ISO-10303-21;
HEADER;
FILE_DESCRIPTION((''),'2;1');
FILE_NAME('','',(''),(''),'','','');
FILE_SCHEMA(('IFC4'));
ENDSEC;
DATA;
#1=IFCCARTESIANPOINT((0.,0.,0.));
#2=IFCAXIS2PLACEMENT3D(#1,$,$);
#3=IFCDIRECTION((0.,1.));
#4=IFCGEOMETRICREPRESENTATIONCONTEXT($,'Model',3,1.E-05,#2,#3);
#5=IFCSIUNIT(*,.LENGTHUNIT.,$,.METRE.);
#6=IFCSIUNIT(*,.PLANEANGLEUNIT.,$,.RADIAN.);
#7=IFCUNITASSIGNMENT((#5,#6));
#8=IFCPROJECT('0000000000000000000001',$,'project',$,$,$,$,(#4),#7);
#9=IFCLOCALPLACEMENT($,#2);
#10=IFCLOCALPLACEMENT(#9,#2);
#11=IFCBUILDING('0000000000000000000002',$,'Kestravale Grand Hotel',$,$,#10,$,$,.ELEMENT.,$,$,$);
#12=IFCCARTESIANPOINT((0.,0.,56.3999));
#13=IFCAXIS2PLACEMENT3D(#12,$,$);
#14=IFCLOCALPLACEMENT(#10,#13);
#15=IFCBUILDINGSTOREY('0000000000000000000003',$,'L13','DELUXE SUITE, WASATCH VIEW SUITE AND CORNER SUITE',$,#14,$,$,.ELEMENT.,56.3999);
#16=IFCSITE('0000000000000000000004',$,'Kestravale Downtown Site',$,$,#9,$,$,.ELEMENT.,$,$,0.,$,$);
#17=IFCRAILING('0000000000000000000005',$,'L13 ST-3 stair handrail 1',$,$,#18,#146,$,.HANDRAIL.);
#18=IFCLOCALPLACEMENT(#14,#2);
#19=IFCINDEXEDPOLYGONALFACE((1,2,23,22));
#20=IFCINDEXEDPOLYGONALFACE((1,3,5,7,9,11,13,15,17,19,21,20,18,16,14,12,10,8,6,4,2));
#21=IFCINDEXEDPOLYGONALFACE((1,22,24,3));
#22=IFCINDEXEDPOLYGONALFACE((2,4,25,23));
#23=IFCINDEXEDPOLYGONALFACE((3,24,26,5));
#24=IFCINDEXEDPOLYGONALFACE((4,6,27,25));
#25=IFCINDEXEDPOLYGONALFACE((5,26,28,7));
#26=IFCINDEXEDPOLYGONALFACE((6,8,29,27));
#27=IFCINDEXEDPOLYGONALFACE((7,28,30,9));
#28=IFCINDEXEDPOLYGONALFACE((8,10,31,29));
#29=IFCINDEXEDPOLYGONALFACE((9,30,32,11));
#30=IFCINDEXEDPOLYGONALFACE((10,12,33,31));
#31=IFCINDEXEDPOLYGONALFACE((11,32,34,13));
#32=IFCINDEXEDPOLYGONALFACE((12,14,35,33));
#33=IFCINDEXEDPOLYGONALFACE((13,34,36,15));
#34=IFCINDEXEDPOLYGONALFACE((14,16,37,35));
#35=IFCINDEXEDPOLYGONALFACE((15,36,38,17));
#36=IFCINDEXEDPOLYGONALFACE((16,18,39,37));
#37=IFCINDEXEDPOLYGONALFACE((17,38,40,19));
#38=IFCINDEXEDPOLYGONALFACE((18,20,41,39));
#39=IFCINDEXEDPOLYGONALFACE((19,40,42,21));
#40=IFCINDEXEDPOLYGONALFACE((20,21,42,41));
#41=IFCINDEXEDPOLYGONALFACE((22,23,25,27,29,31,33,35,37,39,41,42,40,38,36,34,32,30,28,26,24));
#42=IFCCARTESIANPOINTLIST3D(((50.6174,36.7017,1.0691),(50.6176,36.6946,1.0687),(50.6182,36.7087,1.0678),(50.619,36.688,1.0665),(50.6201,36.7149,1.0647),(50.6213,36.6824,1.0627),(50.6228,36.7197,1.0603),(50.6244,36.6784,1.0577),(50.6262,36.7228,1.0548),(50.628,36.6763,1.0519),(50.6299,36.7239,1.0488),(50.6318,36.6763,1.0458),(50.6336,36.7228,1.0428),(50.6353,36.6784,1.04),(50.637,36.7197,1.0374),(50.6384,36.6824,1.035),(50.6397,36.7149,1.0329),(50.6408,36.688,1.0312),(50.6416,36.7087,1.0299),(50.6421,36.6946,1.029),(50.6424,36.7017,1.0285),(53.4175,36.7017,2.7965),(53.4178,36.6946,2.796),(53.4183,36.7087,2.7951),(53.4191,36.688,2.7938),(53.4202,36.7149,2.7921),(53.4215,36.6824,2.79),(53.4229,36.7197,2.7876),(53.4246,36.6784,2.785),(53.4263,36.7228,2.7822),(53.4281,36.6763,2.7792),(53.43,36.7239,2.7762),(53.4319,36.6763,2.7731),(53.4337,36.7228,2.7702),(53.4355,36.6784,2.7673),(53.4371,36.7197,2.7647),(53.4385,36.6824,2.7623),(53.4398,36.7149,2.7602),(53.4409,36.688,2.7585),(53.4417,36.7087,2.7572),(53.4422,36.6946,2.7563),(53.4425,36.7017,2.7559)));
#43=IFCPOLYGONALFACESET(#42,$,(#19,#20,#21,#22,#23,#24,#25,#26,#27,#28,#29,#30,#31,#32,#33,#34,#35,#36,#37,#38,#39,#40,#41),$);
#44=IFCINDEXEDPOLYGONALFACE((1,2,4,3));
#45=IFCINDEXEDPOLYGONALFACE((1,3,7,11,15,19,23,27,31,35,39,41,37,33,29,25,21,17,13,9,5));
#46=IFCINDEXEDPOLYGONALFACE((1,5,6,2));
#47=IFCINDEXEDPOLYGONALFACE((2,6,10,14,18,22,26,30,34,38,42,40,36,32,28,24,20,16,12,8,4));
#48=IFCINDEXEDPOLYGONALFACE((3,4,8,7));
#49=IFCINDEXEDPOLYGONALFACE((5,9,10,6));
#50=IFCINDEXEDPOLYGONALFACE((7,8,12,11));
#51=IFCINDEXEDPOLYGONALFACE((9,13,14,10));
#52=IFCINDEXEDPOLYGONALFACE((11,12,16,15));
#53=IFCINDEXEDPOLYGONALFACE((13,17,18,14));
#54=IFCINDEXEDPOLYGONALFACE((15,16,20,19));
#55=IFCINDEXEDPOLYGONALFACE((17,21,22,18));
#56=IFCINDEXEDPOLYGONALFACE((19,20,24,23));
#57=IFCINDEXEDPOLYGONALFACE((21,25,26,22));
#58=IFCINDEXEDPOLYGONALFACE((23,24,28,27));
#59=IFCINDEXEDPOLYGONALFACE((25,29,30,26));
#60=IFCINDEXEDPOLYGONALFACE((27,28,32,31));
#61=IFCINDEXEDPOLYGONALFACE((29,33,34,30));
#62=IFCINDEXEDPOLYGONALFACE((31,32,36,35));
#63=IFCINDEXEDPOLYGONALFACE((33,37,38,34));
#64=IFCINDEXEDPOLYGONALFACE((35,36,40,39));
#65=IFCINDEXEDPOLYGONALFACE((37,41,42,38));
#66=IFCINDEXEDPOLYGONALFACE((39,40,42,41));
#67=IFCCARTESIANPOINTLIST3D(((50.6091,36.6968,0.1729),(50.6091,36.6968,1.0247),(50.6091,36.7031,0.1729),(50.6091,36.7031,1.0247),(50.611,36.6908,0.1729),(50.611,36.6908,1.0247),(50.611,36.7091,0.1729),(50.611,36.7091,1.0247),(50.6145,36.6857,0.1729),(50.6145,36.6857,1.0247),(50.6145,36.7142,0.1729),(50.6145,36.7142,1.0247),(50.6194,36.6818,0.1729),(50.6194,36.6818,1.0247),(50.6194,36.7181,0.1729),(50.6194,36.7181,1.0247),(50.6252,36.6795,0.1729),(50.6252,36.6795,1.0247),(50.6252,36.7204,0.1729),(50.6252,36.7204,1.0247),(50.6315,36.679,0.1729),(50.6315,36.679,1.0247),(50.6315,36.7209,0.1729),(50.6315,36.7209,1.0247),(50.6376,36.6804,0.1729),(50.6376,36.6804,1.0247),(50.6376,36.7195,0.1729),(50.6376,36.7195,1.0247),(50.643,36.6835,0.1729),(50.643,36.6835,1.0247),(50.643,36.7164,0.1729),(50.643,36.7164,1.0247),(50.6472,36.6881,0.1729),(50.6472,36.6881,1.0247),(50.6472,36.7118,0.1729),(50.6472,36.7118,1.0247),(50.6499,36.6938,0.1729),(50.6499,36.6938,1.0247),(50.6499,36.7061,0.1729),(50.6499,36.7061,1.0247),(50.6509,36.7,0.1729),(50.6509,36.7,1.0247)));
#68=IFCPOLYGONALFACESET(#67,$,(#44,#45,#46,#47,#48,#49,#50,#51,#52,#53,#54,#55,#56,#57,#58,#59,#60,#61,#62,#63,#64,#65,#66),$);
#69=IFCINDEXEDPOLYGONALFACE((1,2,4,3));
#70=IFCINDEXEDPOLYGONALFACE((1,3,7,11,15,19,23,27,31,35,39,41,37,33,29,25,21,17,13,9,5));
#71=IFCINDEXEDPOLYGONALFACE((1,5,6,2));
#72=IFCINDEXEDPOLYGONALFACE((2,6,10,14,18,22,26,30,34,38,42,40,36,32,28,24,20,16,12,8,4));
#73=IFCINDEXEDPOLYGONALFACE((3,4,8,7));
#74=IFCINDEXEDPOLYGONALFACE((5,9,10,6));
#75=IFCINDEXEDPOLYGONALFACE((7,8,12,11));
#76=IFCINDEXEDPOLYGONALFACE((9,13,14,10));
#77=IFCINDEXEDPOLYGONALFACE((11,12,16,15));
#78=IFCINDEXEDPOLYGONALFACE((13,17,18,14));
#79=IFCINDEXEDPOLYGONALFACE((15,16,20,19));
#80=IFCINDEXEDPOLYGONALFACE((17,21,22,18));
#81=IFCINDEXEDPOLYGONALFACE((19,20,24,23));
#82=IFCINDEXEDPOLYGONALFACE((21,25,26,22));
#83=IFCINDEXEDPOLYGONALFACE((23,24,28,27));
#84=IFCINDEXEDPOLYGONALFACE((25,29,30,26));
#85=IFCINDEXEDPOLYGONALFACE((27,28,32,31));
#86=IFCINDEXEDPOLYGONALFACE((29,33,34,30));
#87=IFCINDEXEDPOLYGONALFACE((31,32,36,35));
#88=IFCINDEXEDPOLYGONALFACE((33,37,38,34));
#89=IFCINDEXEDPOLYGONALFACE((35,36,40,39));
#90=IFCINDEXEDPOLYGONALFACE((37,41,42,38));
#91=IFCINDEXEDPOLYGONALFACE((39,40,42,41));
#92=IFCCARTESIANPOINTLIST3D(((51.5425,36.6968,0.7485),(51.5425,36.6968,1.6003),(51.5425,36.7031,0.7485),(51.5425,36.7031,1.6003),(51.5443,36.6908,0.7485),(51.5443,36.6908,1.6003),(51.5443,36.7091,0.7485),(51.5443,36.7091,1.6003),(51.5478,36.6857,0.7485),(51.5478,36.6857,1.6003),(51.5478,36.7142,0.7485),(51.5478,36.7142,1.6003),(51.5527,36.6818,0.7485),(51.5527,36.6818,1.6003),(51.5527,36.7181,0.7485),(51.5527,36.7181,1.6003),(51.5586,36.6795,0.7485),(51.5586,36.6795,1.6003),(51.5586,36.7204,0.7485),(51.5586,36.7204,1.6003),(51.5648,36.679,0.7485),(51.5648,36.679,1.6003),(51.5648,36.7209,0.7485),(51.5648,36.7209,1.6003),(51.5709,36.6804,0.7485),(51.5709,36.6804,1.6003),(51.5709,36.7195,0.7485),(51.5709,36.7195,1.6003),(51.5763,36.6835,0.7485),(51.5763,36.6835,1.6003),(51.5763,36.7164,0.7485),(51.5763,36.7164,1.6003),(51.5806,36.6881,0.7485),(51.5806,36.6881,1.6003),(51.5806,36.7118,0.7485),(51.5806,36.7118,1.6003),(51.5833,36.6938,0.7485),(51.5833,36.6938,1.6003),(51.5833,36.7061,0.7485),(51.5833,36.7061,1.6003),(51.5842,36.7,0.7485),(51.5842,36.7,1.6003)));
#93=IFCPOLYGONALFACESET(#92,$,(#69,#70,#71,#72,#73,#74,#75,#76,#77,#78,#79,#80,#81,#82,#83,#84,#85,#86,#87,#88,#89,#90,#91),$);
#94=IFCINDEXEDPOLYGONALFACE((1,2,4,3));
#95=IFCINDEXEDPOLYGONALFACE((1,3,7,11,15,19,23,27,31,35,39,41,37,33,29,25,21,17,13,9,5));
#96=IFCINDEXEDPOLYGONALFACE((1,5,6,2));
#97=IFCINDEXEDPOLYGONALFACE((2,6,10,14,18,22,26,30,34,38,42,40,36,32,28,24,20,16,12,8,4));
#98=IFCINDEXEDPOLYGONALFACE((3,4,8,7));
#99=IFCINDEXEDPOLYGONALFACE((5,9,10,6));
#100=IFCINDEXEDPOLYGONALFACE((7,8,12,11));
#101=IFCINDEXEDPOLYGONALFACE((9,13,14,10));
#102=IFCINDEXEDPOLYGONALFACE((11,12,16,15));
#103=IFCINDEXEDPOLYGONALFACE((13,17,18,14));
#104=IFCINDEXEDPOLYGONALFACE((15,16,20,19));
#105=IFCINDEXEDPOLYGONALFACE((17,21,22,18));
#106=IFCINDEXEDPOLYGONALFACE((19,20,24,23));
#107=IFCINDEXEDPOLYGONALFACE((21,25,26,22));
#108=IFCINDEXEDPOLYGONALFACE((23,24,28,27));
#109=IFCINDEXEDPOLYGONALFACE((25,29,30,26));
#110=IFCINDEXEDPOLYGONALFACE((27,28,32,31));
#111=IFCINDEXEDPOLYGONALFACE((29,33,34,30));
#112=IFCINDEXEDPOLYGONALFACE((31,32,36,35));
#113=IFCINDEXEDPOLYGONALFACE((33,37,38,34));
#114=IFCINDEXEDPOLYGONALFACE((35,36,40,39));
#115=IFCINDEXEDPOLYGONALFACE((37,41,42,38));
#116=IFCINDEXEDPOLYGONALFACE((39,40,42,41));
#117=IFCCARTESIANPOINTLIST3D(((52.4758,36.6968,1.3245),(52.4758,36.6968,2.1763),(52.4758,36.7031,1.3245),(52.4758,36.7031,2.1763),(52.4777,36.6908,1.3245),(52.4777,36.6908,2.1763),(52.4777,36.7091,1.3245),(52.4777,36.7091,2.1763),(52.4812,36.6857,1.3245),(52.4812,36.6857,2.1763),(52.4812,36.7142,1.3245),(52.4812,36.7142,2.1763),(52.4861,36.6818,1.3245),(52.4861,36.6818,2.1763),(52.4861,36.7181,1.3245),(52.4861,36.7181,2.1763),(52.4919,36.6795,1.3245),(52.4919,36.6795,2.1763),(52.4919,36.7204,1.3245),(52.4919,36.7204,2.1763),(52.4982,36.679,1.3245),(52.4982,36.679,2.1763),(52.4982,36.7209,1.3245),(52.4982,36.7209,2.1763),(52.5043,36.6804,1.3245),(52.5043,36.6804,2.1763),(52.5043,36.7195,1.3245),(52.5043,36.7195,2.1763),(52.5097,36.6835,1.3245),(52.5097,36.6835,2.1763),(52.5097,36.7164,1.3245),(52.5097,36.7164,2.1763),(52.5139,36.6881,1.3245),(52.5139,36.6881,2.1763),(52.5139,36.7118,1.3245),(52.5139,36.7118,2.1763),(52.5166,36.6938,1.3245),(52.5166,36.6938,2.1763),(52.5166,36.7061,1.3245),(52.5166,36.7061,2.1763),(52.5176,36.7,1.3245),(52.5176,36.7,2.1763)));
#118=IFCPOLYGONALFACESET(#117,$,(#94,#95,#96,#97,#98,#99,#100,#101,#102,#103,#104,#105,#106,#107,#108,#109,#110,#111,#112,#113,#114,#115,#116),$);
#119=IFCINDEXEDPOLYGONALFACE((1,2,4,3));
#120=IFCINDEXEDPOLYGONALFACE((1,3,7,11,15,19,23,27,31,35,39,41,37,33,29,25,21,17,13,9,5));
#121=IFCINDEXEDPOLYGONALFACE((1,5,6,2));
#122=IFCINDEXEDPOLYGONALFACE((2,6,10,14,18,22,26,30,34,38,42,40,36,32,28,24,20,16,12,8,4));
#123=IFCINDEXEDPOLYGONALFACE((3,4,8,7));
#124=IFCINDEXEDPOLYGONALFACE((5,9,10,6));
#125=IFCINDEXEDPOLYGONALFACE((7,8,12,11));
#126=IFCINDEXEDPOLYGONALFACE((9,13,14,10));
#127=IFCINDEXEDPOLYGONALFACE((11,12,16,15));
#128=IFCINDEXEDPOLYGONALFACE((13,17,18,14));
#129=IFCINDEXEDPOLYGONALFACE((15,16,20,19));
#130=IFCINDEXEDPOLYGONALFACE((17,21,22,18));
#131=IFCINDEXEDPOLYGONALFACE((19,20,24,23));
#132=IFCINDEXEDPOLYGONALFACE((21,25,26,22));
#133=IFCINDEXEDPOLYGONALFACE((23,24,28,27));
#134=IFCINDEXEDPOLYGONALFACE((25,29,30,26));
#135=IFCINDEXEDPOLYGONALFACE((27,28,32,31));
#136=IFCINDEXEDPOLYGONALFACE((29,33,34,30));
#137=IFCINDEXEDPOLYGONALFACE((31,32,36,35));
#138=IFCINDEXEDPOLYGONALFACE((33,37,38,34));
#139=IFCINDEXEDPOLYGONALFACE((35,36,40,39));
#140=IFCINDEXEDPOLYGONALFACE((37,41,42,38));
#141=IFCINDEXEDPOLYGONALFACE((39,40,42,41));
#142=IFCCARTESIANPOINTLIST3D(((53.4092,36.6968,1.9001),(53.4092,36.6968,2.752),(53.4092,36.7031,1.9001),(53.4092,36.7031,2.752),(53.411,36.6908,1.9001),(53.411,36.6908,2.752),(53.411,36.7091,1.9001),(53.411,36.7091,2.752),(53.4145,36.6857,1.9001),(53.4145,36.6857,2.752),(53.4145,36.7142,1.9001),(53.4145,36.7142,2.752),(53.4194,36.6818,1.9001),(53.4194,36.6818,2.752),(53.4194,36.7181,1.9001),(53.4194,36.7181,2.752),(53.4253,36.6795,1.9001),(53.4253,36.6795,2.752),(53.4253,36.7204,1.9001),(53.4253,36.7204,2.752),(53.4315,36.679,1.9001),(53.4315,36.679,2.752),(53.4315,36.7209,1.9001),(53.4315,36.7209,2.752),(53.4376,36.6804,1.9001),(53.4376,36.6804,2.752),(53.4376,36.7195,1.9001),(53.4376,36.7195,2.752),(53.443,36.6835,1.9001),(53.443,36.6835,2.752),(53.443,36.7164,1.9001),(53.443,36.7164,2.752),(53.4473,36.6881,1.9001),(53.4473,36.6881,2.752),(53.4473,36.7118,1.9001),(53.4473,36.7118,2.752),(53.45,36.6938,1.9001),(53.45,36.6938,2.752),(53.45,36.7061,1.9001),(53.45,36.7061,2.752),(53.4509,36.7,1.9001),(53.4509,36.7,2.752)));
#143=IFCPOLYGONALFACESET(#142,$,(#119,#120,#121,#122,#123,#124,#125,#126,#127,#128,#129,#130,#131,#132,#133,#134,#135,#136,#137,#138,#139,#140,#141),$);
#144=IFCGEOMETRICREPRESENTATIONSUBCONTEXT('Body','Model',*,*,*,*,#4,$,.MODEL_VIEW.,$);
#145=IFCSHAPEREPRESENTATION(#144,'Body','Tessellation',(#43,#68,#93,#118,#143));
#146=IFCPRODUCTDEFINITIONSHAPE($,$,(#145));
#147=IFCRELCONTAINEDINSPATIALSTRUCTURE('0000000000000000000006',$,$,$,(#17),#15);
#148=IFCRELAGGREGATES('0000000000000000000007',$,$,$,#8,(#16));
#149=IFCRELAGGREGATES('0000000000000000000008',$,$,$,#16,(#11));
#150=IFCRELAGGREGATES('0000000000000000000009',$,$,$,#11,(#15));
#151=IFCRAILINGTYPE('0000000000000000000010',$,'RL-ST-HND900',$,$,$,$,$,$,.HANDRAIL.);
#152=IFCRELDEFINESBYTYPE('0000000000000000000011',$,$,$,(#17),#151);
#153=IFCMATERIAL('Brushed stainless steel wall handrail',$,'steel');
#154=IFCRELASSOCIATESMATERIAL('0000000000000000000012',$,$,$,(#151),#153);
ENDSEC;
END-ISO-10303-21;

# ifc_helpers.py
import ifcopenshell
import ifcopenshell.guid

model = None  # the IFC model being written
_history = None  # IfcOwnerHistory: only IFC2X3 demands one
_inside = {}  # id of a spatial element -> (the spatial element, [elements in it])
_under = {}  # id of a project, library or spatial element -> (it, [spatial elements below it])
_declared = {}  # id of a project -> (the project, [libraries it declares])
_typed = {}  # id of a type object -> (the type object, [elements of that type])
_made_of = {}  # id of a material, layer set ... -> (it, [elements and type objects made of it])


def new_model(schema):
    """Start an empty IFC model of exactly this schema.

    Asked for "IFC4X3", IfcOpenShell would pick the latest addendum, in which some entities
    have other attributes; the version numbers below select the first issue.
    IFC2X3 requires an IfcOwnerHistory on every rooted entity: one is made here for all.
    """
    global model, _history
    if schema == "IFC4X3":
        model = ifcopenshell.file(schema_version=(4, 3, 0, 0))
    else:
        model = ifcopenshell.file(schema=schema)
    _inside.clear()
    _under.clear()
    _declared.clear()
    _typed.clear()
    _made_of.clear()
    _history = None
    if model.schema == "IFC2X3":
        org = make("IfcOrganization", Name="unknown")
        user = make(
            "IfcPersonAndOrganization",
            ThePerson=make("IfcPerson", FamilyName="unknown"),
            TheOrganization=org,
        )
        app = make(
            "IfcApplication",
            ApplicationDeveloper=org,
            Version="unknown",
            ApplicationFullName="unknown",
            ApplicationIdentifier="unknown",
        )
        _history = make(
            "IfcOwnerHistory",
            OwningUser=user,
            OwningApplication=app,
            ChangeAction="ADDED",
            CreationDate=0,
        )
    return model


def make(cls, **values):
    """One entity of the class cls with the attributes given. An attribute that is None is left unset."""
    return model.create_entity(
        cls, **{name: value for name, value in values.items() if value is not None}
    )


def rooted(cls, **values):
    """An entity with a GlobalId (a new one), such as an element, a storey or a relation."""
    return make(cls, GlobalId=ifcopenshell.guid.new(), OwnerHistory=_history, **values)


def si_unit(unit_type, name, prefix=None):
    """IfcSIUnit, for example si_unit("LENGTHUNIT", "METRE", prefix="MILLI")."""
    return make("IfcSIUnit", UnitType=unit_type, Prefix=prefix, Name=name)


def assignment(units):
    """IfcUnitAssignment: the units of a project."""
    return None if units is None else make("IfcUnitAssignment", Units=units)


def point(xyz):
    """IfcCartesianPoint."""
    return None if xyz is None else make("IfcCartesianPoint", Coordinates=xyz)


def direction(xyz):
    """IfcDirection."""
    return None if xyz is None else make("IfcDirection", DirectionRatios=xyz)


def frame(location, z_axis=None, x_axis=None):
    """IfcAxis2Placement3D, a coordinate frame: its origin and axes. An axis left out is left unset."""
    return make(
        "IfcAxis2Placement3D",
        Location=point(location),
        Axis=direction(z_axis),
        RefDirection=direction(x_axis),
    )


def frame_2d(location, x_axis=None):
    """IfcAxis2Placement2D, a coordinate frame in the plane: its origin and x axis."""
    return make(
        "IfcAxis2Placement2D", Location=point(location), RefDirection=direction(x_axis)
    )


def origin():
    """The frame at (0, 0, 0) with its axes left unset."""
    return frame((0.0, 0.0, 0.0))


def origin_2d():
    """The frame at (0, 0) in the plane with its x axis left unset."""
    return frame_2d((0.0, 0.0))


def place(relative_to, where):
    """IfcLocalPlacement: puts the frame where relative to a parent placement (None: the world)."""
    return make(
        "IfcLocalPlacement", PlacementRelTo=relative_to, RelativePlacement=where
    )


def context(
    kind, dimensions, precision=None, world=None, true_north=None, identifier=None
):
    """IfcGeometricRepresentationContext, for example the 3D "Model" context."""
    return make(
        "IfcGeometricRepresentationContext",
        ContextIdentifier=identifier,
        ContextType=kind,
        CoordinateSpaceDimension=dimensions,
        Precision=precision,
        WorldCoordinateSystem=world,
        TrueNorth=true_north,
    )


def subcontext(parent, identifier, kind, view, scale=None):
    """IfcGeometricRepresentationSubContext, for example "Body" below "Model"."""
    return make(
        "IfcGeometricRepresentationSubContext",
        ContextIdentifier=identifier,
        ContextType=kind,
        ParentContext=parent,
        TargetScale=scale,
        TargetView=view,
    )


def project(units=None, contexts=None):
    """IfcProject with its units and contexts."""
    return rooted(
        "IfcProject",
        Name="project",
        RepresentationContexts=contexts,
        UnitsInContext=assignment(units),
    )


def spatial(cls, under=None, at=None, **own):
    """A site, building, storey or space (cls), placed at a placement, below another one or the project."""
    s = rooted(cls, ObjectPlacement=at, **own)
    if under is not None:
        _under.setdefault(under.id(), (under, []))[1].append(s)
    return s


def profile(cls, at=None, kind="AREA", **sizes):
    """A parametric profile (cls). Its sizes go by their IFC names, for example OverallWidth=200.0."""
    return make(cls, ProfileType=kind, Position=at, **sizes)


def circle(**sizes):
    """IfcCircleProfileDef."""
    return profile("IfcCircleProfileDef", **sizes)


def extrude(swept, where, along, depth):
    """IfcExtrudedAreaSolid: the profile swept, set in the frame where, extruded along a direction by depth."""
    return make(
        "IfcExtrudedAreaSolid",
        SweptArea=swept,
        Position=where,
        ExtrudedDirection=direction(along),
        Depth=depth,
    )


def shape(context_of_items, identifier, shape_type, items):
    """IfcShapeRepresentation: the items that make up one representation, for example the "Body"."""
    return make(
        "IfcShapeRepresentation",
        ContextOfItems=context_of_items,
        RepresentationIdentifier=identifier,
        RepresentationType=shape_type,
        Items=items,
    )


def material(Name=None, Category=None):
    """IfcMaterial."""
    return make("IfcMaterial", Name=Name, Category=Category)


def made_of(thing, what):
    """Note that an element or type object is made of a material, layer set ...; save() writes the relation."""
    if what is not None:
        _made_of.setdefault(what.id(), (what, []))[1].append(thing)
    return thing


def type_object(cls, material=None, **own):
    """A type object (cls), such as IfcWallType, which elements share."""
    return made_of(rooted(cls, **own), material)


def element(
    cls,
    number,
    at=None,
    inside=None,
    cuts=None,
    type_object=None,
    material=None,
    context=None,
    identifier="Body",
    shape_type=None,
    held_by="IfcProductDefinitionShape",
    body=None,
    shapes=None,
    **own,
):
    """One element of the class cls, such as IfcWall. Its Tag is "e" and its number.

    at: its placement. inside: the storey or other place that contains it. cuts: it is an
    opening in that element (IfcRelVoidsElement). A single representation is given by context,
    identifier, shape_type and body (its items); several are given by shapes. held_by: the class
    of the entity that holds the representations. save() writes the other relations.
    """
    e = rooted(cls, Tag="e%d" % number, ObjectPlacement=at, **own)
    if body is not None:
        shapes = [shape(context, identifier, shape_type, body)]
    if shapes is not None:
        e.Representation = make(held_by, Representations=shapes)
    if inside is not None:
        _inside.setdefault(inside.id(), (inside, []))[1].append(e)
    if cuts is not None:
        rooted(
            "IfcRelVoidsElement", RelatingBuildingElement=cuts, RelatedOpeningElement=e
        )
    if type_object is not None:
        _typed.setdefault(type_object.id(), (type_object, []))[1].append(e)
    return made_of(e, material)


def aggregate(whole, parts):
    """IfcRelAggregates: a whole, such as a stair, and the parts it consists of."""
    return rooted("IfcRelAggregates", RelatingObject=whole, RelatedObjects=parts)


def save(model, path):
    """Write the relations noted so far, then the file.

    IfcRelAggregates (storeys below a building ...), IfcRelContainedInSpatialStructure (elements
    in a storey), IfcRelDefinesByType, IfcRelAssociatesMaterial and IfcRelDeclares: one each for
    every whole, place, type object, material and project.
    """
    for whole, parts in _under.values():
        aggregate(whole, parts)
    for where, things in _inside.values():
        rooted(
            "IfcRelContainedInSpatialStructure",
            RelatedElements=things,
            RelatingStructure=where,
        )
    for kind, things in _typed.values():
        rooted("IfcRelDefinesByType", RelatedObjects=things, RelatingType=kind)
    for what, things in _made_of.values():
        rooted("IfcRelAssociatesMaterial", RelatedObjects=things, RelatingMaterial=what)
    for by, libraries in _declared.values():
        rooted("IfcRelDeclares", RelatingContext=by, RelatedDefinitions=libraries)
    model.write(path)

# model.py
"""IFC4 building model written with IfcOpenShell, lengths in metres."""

from ifc_helpers import new_model, si_unit, direction, frame, origin, origin_2d, place, context, subcontext, project, spatial, circle, extrude, material, type_object, element, save


model = new_model("IFC4")

# Units and contexts
model_context = context("Model", 3, precision=1e-05, world=origin(), true_north=direction((0.0, 1.0)))
body_context = subcontext(model_context, "Body", "Model", "MODEL_VIEW")
ifc_project = project(units=[si_unit("LENGTHUNIT", "METRE"), si_unit("PLANEANGLEUNIT", "RADIAN")], contexts=[model_context])

# Site, building, storey
site_placement = place(None, origin())
site = spatial("IfcSite", under=ifc_project, at=site_placement, Name="Kestravale Downtown Site", CompositionType="ELEMENT", RefElevation=0.0)
building_placement = place(site_placement, origin())
building = spatial("IfcBuilding", under=site, at=building_placement, Name="Kestravale Grand Hotel", CompositionType="ELEMENT")
storey_placement = place(building_placement, frame((0.0, 0.0, 56.3999)))
storey = spatial("IfcBuildingStorey", under=building, at=storey_placement, Name="L13", Description="DELUXE SUITE, WASATCH VIEW SUITE AND CORNER SUITE", CompositionType="ELEMENT", Elevation=56.3999)

# Railing
ifc_material_1 = material(Name="Brushed stainless steel wall handrail", Category="steel")
railing_type_1 = type_object("IfcRailingType", Name="RL-ST-HND900", PredefinedType="HANDRAIL", material=ifc_material_1)
railing_1_placement = place(storey_placement, frame((50.6299, 36.7, 0.1729)))
element("IfcRailing", 1, at=railing_1_placement, inside=storey, type_object=railing_type_1, Name="L13 ST-3 stair handrail 1", PredefinedType="HANDRAIL", context=body_context, shape_type="SweptSolid", body=[
    extrude(circle(Radius=0.0239, at=origin_2d()), frame((0.0, 0.0, 0.876), z_axis=(0.85109, 0.0, 0.52502), x_axis=(0.0, 1.0, 0.0)), (0.0, 0.0, 1.0), 3.29),
    extrude(circle(Radius=0.021, at=origin_2d()), origin(), (0.0, 0.0, 1.0), 0.8518),
    extrude(circle(Radius=0.021, at=origin_2d()), frame((0.9333, 0.0, 0.5757)), (0.0, 0.0, 1.0), 0.8518),
    extrude(circle(Radius=0.021, at=origin_2d()), frame((1.8667, 0.0, 1.1516)), (0.0, 0.0, 1.0), 0.8518),
    extrude(circle(Radius=0.021, at=origin_2d()), frame((2.8, 0.0, 1.7273)), (0.0, 0.0, 1.0), 0.8518),
])

save(model, "model.ifc")
